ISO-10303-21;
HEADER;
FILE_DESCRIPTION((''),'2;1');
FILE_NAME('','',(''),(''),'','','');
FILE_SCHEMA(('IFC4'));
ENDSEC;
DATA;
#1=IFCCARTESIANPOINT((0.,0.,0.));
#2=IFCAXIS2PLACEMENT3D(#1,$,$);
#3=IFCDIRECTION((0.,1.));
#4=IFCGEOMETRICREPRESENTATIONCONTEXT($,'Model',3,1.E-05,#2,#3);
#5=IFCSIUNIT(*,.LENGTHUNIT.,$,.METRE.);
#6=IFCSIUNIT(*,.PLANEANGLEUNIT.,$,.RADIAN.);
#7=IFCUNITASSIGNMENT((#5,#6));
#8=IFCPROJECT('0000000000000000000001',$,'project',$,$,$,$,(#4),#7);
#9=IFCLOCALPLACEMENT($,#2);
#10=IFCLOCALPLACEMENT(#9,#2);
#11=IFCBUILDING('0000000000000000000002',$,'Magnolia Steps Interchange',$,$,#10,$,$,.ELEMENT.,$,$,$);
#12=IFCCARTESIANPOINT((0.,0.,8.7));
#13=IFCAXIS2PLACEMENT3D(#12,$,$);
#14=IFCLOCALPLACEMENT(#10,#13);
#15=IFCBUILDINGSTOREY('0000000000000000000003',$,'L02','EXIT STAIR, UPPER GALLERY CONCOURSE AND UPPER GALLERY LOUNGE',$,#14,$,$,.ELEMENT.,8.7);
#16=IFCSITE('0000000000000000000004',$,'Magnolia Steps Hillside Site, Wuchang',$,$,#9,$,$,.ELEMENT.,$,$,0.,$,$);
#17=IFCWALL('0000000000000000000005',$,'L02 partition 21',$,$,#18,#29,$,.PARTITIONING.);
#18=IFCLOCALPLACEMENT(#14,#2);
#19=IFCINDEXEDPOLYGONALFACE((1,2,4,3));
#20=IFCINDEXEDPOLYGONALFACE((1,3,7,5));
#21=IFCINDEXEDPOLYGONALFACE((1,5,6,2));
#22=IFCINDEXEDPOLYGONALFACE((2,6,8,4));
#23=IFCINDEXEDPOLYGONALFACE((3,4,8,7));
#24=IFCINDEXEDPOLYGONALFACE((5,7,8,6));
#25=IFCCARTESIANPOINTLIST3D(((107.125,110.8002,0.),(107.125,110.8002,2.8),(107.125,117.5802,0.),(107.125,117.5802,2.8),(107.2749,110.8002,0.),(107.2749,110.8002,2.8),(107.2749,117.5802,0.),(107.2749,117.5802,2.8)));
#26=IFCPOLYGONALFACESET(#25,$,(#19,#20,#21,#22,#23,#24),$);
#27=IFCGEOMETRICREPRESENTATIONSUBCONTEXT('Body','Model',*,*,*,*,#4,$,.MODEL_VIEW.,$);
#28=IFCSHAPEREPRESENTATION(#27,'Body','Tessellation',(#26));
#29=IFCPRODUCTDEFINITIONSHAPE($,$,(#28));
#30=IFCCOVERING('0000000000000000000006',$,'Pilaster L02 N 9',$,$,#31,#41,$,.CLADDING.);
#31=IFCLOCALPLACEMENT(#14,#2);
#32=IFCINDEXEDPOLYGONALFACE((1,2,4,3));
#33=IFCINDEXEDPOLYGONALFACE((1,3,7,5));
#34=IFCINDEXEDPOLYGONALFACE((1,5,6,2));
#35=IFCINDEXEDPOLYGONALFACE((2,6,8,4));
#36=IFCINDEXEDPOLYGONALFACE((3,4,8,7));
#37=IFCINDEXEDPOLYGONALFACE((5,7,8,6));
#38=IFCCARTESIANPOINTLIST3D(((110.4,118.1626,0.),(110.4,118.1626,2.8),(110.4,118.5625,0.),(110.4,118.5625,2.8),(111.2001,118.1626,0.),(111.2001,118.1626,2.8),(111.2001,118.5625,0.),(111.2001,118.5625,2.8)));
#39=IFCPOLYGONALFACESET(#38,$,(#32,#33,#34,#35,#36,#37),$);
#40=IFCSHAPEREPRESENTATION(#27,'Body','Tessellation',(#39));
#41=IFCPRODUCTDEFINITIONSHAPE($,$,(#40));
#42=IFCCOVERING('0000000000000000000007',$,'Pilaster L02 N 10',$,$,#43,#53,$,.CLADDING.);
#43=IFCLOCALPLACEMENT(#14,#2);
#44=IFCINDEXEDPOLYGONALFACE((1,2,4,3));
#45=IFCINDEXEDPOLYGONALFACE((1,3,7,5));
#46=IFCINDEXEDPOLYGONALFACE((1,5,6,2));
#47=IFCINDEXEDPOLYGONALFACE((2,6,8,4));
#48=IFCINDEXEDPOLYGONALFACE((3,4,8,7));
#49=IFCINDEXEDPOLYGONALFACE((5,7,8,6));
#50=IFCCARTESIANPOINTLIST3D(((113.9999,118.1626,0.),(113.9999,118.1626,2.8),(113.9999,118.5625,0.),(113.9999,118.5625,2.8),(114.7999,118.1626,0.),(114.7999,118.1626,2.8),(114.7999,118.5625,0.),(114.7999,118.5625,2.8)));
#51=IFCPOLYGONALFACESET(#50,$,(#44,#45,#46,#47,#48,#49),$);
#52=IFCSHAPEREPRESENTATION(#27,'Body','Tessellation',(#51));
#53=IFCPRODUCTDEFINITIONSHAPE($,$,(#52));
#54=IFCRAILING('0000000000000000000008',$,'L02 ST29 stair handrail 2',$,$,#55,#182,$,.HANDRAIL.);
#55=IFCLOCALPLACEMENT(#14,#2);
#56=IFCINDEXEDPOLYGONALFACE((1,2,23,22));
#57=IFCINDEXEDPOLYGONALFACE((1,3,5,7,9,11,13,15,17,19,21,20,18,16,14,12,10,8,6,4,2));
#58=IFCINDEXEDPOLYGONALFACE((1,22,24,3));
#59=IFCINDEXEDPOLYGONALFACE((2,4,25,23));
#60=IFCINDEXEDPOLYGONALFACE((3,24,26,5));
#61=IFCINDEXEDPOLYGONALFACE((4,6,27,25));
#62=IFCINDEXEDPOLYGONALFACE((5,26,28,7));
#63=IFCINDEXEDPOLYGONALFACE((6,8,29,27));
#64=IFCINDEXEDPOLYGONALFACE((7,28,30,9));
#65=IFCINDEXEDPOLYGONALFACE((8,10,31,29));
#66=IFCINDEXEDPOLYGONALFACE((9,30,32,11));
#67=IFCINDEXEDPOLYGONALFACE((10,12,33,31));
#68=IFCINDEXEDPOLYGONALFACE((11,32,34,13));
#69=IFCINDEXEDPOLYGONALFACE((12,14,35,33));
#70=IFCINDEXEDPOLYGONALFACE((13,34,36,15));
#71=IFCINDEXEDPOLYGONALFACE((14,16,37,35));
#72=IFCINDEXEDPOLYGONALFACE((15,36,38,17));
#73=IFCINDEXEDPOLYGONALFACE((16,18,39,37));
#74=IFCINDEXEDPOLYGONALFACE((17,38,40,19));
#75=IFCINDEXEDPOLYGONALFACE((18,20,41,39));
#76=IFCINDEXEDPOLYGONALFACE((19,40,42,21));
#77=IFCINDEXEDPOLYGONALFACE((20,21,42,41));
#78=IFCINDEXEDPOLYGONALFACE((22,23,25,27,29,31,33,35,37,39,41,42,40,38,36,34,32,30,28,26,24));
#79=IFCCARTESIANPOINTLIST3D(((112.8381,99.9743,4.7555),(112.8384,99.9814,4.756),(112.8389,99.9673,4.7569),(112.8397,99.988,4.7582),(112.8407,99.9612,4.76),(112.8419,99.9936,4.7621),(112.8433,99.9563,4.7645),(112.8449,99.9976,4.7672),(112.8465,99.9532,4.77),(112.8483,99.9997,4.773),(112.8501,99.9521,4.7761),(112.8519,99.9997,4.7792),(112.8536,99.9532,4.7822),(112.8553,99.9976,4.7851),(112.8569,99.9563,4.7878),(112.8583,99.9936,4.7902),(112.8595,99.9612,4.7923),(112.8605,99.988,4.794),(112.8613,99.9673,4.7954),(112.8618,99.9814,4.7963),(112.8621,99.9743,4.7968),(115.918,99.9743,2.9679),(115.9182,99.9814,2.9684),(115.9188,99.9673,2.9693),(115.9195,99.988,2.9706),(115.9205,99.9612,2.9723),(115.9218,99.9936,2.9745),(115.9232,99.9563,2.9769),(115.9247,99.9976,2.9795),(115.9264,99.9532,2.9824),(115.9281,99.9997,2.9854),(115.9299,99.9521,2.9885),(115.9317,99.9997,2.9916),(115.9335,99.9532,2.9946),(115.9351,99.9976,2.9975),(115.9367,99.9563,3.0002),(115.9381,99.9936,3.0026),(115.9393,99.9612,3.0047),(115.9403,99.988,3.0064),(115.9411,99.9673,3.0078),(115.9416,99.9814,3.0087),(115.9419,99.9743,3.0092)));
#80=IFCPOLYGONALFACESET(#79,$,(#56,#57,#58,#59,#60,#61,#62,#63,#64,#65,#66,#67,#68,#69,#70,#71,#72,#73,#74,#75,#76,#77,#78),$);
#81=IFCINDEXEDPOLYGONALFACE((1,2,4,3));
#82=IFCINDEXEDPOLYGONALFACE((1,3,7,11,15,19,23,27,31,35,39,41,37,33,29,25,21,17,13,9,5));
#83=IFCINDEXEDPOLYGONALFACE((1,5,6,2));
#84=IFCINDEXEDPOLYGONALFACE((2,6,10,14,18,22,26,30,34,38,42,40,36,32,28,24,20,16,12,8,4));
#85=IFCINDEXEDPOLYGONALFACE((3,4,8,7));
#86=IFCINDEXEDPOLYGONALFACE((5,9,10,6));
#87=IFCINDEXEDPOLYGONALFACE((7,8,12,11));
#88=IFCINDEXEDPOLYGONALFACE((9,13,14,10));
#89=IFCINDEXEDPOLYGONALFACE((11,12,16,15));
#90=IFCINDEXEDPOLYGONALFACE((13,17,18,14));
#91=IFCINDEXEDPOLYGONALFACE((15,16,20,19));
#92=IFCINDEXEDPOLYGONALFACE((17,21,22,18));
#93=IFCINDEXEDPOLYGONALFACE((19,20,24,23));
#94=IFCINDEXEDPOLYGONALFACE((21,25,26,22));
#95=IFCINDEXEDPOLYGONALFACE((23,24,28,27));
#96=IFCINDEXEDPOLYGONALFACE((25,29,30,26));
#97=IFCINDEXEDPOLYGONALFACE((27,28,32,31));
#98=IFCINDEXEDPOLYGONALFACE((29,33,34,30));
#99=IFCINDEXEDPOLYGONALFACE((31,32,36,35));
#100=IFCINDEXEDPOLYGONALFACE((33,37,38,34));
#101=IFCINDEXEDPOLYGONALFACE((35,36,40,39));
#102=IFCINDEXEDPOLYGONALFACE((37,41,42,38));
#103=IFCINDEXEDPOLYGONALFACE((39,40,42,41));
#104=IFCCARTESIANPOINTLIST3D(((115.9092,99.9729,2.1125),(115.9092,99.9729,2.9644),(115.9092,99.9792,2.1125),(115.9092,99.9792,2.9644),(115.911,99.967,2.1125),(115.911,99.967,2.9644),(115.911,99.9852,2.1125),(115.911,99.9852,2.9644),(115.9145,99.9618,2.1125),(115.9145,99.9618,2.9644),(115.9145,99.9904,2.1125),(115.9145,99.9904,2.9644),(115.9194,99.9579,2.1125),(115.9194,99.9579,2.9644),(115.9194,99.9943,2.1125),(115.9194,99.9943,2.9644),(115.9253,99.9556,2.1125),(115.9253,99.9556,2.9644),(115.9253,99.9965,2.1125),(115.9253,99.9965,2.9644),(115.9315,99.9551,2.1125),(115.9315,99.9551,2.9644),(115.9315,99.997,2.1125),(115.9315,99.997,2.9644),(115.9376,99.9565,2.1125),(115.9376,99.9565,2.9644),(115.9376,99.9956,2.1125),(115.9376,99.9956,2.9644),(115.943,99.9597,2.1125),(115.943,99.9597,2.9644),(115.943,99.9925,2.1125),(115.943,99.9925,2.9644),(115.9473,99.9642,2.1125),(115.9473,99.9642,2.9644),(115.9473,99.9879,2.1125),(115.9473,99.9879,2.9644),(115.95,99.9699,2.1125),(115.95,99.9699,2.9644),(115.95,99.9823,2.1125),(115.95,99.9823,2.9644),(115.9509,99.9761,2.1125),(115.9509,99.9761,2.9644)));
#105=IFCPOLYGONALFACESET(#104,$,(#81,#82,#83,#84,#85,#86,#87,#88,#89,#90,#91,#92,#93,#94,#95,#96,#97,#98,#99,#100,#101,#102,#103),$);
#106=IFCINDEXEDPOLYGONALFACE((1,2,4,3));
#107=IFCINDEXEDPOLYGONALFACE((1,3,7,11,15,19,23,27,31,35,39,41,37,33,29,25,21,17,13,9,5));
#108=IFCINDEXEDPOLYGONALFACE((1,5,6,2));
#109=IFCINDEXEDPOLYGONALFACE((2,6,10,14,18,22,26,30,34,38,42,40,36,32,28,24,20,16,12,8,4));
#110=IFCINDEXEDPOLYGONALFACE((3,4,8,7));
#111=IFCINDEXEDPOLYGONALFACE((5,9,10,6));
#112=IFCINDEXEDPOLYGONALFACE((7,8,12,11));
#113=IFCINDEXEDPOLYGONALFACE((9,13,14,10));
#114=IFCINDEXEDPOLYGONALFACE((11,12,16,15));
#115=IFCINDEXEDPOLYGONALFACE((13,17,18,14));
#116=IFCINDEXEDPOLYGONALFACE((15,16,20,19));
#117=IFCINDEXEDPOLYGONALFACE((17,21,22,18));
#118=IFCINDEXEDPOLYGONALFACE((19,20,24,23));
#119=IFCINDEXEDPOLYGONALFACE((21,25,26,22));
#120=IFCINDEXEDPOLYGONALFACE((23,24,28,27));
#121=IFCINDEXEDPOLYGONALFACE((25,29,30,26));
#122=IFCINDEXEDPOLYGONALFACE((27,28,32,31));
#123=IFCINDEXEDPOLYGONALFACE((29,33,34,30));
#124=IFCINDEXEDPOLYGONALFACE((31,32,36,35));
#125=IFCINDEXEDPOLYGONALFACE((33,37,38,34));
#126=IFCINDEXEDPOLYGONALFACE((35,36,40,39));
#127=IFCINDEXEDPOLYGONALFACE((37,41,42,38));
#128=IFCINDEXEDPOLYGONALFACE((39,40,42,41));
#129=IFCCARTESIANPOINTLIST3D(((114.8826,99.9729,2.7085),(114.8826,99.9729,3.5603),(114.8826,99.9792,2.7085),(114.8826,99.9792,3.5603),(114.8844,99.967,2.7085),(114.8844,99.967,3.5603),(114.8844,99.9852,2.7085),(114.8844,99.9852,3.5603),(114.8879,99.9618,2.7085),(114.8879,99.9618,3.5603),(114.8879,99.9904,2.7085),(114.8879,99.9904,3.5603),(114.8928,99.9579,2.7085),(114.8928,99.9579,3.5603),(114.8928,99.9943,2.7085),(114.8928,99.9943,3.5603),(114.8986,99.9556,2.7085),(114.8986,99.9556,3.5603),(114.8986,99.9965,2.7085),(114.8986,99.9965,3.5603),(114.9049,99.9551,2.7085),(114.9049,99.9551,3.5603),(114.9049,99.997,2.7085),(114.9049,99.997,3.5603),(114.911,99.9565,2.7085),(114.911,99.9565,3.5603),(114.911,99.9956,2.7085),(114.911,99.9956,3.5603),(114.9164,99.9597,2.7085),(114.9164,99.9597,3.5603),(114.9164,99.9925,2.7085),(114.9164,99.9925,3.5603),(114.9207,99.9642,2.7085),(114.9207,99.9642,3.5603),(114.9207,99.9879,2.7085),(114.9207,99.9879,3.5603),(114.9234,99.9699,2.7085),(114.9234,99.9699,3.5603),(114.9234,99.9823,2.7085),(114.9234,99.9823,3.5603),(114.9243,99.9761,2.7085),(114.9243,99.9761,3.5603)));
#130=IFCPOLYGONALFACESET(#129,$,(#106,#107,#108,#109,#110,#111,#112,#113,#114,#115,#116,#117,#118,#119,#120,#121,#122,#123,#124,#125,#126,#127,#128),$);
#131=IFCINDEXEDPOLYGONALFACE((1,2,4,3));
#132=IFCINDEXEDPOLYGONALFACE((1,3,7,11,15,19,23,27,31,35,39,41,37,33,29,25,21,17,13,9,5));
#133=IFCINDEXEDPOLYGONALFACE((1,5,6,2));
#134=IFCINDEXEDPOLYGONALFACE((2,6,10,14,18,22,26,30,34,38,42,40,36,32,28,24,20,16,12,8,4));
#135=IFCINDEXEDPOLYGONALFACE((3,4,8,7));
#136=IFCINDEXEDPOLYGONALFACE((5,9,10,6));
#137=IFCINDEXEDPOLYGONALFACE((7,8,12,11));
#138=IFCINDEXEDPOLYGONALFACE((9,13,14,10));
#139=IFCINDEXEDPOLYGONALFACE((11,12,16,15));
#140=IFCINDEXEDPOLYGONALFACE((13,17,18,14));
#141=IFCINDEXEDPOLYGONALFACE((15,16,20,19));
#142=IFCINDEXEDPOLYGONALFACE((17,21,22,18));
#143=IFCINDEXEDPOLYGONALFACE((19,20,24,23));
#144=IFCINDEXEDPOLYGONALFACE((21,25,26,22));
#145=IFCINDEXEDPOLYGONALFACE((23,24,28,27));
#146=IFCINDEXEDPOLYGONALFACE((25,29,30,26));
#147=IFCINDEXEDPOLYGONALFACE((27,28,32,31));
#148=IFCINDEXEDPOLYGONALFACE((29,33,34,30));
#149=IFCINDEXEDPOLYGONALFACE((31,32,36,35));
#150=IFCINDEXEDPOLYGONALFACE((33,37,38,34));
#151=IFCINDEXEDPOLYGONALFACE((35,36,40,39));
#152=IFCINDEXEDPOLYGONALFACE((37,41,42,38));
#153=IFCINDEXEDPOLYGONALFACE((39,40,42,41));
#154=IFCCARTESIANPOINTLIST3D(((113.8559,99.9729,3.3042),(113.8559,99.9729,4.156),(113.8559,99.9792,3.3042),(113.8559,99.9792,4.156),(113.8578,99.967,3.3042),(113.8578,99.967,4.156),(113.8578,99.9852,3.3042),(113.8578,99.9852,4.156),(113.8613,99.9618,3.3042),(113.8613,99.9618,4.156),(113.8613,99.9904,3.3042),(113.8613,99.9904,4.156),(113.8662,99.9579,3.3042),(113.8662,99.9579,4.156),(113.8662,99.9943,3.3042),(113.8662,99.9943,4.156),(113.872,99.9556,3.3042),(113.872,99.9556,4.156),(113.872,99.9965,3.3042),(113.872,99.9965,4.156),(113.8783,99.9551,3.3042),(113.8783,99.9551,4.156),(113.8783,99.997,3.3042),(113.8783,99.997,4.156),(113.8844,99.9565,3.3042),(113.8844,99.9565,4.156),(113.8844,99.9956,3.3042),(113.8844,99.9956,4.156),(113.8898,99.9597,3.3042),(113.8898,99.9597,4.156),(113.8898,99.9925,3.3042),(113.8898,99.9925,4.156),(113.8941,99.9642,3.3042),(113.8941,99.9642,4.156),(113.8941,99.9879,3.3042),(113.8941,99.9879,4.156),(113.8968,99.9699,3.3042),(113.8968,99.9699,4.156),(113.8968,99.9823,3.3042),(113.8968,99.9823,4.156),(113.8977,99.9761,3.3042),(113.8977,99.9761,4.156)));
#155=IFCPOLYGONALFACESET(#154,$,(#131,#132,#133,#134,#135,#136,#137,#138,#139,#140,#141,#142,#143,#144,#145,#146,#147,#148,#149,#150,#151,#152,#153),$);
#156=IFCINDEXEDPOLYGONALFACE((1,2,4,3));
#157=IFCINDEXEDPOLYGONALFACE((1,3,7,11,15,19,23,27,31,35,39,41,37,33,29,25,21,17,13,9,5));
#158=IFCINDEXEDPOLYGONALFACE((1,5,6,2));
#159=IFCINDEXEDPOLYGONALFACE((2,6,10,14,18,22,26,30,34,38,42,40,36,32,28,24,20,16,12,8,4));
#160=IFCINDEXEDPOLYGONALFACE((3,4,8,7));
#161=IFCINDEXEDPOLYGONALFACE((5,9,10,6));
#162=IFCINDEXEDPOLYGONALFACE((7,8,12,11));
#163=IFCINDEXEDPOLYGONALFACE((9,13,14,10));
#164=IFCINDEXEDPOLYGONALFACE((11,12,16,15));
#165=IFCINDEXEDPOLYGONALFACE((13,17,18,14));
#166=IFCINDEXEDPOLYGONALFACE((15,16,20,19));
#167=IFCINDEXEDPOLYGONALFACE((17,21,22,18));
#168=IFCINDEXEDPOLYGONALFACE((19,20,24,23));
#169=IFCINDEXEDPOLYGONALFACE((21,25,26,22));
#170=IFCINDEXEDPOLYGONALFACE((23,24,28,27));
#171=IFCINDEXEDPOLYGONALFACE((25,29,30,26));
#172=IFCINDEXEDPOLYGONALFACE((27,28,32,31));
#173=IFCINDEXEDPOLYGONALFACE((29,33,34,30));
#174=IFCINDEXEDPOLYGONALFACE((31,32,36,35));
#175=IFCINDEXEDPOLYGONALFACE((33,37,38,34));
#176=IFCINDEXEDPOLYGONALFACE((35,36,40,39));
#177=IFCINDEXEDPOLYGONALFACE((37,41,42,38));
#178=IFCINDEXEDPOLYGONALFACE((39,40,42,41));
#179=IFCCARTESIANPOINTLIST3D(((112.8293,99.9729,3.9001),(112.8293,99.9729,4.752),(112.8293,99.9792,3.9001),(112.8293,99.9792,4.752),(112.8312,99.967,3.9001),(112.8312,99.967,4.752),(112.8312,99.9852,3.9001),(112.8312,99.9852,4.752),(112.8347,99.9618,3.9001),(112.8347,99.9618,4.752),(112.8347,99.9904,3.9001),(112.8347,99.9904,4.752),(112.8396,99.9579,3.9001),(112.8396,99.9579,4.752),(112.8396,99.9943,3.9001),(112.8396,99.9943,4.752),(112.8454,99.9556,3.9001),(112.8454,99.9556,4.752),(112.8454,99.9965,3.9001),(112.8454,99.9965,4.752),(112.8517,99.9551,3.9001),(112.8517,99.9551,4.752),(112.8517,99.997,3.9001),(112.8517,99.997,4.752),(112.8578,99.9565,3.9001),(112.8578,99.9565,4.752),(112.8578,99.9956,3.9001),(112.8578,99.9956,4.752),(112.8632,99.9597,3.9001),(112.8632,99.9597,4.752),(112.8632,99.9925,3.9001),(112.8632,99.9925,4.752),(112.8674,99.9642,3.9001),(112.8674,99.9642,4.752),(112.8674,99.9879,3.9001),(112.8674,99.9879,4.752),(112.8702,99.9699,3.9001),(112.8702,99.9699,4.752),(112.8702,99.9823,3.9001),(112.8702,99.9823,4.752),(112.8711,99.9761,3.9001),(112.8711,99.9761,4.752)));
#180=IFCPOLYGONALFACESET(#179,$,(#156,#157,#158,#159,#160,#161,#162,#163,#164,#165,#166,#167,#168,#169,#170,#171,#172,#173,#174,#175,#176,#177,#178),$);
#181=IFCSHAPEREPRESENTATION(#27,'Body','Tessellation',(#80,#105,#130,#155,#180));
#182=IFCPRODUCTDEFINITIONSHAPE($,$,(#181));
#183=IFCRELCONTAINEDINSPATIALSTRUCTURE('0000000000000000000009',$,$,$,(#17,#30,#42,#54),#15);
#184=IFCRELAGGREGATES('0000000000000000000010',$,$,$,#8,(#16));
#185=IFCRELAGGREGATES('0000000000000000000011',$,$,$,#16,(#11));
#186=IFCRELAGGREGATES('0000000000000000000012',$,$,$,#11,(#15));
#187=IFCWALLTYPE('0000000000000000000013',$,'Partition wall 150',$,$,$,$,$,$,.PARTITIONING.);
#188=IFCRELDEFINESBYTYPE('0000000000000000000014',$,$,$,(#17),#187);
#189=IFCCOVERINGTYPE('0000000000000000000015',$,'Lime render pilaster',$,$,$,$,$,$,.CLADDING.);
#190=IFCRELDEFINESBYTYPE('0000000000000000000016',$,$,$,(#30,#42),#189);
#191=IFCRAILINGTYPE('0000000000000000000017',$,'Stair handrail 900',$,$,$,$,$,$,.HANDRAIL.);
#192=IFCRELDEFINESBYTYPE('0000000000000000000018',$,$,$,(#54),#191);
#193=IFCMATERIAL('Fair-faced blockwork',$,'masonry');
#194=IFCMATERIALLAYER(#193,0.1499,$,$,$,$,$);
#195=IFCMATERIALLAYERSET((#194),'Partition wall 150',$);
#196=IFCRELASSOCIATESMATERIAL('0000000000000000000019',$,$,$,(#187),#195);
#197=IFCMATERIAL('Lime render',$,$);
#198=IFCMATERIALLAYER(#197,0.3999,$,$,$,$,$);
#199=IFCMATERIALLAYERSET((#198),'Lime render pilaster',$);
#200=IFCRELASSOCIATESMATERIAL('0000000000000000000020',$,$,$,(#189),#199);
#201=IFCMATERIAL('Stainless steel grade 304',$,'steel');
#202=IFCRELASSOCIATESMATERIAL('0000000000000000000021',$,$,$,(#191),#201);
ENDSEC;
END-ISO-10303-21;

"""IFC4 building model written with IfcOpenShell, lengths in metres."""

from ifc_helpers import new_model, si_unit, direction, frame, frame_2d, origin, origin_2d, place, context, subcontext, project, spatial, rectangle, circle, extrude, material, layer, layer_set, type_object, element, save


model = new_model("IFC4")

# Units and contexts
model_context = context("Model", 3, precision=1e-05, world=origin(), true_north=direction((0.0, 1.0)))
body_context = subcontext(model_context, "Body", "Model", "MODEL_VIEW")
ifc_project = project(units=[si_unit("LENGTHUNIT", "METRE"), si_unit("PLANEANGLEUNIT", "RADIAN")], contexts=[model_context])

# Site, building, storey
site_placement = place(None, origin())
site = spatial("IfcSite", under=ifc_project, at=site_placement, Name="Magnolia Steps Hillside Site, Wuchang", CompositionType="ELEMENT", RefElevation=0.0)
building_placement = place(site_placement, origin())
building = spatial("IfcBuilding", under=site, at=building_placement, Name="Magnolia Steps Interchange", CompositionType="ELEMENT")
storey_placement = place(building_placement, frame((0.0, 0.0, 8.7)))
storey = spatial("IfcBuildingStorey", under=building, at=storey_placement, Name="L02", Description="EXIT STAIR, UPPER GALLERY CONCOURSE AND UPPER GALLERY LOUNGE", CompositionType="ELEMENT", Elevation=8.7)

# Shared definitions
ifc_material_1 = material(Name="Fair-faced blockwork", Category="masonry")
ifc_layer_1 = layer(ifc_material_1, 0.1499)
ifc_layer_set_1 = layer_set([ifc_layer_1], Name="Partition wall 150")
wall_type_1 = type_object("IfcWallType", Name="Partition wall 150", PredefinedType="PARTITIONING", material=ifc_layer_set_1)

# Wall
wall_1_placement = place(storey_placement, frame((107.2, 110.8, 0.0), z_axis=(0.0, 0.0, 1.0), x_axis=(0.0, 1.0, 0.0)))
element("IfcWall", 1, at=wall_1_placement, inside=storey, type_object=wall_type_1, Name="L02 partition 21", PredefinedType="PARTITIONING", context=body_context, shape_type="SweptSolid", body=[
    extrude(rectangle(XDim=6.78, YDim=0.1499, at=frame_2d((3.3901, 0.0))), origin(), (0.0, 0.0, 1.0), 2.8),
])

# Coverings
ifc_material_2 = material(Name="Lime render")
ifc_layer_2 = layer(ifc_material_2, 0.3999)
ifc_layer_set_2 = layer_set([ifc_layer_2], Name="Lime render pilaster")
covering_type_1 = type_object("IfcCoveringType", Name="Lime render pilaster", PredefinedType="CLADDING", material=ifc_layer_set_2)
for number, where, z_axis, x_axis, name in (
    (2, (110.8, 118.3625, 0.0), (0.0, 0.0, 1.0), (1.0, 0.0, 0.0), "Pilaster L02 N 9"),
    (3, (114.3999, 118.3625, 0.0), (0.0, 0.0, 1.0), (1.0, 0.0, 0.0), "Pilaster L02 N 10"),
):
    element("IfcCovering", number, at=place(storey_placement, frame(where, z_axis=z_axis, x_axis=x_axis)), inside=storey, type_object=covering_type_1, Name=name, PredefinedType="CLADDING", context=body_context, shape_type="SweptSolid", body=[
        extrude(rectangle(XDim=0.8, YDim=0.3999, at=origin_2d()), origin(), (0.0, 0.0, 1.0), 2.8),
    ])

# Railing
ifc_material_3 = material(Name="Stainless steel grade 304", Category="steel")
railing_type = type_object("IfcRailingType", Name="Stair handrail 900", PredefinedType="HANDRAIL", material=ifc_material_3)
railing_placement = place(storey_placement, frame((115.9299, 99.9761, 2.1125)))
element("IfcRailing", 4, at=railing_placement, inside=storey, type_object=railing_type, Name="L02 ST29 stair handrail 2", PredefinedType="HANDRAIL", context=body_context, shape_type="SweptSolid", body=[
    extrude(circle(Radius=0.0239, at=origin_2d()), frame((0.0, 0.0, 0.876), z_axis=(-0.864873, 0.0, 0.50199), x_axis=(0.0, -1.0, 0.0)), (0.0, 0.0, 1.0), 3.561),
    extrude(circle(Radius=0.021, at=origin_2d()), origin(), (0.0, 0.0, 1.0), 0.8518),
    extrude(circle(Radius=0.021, at=origin_2d()), frame((-1.0266, 0.0, 0.5959)), (0.0, 0.0, 1.0), 0.8518),
    extrude(circle(Radius=0.021, at=origin_2d()), frame((-2.0532, 0.0, 1.1917)), (0.0, 0.0, 1.0), 0.8518),
    extrude(circle(Radius=0.021, at=origin_2d()), frame((-3.0798, 0.0, 1.7876)), (0.0, 0.0, 1.0), 0.8518),
])

save(model, "model.ifc")
